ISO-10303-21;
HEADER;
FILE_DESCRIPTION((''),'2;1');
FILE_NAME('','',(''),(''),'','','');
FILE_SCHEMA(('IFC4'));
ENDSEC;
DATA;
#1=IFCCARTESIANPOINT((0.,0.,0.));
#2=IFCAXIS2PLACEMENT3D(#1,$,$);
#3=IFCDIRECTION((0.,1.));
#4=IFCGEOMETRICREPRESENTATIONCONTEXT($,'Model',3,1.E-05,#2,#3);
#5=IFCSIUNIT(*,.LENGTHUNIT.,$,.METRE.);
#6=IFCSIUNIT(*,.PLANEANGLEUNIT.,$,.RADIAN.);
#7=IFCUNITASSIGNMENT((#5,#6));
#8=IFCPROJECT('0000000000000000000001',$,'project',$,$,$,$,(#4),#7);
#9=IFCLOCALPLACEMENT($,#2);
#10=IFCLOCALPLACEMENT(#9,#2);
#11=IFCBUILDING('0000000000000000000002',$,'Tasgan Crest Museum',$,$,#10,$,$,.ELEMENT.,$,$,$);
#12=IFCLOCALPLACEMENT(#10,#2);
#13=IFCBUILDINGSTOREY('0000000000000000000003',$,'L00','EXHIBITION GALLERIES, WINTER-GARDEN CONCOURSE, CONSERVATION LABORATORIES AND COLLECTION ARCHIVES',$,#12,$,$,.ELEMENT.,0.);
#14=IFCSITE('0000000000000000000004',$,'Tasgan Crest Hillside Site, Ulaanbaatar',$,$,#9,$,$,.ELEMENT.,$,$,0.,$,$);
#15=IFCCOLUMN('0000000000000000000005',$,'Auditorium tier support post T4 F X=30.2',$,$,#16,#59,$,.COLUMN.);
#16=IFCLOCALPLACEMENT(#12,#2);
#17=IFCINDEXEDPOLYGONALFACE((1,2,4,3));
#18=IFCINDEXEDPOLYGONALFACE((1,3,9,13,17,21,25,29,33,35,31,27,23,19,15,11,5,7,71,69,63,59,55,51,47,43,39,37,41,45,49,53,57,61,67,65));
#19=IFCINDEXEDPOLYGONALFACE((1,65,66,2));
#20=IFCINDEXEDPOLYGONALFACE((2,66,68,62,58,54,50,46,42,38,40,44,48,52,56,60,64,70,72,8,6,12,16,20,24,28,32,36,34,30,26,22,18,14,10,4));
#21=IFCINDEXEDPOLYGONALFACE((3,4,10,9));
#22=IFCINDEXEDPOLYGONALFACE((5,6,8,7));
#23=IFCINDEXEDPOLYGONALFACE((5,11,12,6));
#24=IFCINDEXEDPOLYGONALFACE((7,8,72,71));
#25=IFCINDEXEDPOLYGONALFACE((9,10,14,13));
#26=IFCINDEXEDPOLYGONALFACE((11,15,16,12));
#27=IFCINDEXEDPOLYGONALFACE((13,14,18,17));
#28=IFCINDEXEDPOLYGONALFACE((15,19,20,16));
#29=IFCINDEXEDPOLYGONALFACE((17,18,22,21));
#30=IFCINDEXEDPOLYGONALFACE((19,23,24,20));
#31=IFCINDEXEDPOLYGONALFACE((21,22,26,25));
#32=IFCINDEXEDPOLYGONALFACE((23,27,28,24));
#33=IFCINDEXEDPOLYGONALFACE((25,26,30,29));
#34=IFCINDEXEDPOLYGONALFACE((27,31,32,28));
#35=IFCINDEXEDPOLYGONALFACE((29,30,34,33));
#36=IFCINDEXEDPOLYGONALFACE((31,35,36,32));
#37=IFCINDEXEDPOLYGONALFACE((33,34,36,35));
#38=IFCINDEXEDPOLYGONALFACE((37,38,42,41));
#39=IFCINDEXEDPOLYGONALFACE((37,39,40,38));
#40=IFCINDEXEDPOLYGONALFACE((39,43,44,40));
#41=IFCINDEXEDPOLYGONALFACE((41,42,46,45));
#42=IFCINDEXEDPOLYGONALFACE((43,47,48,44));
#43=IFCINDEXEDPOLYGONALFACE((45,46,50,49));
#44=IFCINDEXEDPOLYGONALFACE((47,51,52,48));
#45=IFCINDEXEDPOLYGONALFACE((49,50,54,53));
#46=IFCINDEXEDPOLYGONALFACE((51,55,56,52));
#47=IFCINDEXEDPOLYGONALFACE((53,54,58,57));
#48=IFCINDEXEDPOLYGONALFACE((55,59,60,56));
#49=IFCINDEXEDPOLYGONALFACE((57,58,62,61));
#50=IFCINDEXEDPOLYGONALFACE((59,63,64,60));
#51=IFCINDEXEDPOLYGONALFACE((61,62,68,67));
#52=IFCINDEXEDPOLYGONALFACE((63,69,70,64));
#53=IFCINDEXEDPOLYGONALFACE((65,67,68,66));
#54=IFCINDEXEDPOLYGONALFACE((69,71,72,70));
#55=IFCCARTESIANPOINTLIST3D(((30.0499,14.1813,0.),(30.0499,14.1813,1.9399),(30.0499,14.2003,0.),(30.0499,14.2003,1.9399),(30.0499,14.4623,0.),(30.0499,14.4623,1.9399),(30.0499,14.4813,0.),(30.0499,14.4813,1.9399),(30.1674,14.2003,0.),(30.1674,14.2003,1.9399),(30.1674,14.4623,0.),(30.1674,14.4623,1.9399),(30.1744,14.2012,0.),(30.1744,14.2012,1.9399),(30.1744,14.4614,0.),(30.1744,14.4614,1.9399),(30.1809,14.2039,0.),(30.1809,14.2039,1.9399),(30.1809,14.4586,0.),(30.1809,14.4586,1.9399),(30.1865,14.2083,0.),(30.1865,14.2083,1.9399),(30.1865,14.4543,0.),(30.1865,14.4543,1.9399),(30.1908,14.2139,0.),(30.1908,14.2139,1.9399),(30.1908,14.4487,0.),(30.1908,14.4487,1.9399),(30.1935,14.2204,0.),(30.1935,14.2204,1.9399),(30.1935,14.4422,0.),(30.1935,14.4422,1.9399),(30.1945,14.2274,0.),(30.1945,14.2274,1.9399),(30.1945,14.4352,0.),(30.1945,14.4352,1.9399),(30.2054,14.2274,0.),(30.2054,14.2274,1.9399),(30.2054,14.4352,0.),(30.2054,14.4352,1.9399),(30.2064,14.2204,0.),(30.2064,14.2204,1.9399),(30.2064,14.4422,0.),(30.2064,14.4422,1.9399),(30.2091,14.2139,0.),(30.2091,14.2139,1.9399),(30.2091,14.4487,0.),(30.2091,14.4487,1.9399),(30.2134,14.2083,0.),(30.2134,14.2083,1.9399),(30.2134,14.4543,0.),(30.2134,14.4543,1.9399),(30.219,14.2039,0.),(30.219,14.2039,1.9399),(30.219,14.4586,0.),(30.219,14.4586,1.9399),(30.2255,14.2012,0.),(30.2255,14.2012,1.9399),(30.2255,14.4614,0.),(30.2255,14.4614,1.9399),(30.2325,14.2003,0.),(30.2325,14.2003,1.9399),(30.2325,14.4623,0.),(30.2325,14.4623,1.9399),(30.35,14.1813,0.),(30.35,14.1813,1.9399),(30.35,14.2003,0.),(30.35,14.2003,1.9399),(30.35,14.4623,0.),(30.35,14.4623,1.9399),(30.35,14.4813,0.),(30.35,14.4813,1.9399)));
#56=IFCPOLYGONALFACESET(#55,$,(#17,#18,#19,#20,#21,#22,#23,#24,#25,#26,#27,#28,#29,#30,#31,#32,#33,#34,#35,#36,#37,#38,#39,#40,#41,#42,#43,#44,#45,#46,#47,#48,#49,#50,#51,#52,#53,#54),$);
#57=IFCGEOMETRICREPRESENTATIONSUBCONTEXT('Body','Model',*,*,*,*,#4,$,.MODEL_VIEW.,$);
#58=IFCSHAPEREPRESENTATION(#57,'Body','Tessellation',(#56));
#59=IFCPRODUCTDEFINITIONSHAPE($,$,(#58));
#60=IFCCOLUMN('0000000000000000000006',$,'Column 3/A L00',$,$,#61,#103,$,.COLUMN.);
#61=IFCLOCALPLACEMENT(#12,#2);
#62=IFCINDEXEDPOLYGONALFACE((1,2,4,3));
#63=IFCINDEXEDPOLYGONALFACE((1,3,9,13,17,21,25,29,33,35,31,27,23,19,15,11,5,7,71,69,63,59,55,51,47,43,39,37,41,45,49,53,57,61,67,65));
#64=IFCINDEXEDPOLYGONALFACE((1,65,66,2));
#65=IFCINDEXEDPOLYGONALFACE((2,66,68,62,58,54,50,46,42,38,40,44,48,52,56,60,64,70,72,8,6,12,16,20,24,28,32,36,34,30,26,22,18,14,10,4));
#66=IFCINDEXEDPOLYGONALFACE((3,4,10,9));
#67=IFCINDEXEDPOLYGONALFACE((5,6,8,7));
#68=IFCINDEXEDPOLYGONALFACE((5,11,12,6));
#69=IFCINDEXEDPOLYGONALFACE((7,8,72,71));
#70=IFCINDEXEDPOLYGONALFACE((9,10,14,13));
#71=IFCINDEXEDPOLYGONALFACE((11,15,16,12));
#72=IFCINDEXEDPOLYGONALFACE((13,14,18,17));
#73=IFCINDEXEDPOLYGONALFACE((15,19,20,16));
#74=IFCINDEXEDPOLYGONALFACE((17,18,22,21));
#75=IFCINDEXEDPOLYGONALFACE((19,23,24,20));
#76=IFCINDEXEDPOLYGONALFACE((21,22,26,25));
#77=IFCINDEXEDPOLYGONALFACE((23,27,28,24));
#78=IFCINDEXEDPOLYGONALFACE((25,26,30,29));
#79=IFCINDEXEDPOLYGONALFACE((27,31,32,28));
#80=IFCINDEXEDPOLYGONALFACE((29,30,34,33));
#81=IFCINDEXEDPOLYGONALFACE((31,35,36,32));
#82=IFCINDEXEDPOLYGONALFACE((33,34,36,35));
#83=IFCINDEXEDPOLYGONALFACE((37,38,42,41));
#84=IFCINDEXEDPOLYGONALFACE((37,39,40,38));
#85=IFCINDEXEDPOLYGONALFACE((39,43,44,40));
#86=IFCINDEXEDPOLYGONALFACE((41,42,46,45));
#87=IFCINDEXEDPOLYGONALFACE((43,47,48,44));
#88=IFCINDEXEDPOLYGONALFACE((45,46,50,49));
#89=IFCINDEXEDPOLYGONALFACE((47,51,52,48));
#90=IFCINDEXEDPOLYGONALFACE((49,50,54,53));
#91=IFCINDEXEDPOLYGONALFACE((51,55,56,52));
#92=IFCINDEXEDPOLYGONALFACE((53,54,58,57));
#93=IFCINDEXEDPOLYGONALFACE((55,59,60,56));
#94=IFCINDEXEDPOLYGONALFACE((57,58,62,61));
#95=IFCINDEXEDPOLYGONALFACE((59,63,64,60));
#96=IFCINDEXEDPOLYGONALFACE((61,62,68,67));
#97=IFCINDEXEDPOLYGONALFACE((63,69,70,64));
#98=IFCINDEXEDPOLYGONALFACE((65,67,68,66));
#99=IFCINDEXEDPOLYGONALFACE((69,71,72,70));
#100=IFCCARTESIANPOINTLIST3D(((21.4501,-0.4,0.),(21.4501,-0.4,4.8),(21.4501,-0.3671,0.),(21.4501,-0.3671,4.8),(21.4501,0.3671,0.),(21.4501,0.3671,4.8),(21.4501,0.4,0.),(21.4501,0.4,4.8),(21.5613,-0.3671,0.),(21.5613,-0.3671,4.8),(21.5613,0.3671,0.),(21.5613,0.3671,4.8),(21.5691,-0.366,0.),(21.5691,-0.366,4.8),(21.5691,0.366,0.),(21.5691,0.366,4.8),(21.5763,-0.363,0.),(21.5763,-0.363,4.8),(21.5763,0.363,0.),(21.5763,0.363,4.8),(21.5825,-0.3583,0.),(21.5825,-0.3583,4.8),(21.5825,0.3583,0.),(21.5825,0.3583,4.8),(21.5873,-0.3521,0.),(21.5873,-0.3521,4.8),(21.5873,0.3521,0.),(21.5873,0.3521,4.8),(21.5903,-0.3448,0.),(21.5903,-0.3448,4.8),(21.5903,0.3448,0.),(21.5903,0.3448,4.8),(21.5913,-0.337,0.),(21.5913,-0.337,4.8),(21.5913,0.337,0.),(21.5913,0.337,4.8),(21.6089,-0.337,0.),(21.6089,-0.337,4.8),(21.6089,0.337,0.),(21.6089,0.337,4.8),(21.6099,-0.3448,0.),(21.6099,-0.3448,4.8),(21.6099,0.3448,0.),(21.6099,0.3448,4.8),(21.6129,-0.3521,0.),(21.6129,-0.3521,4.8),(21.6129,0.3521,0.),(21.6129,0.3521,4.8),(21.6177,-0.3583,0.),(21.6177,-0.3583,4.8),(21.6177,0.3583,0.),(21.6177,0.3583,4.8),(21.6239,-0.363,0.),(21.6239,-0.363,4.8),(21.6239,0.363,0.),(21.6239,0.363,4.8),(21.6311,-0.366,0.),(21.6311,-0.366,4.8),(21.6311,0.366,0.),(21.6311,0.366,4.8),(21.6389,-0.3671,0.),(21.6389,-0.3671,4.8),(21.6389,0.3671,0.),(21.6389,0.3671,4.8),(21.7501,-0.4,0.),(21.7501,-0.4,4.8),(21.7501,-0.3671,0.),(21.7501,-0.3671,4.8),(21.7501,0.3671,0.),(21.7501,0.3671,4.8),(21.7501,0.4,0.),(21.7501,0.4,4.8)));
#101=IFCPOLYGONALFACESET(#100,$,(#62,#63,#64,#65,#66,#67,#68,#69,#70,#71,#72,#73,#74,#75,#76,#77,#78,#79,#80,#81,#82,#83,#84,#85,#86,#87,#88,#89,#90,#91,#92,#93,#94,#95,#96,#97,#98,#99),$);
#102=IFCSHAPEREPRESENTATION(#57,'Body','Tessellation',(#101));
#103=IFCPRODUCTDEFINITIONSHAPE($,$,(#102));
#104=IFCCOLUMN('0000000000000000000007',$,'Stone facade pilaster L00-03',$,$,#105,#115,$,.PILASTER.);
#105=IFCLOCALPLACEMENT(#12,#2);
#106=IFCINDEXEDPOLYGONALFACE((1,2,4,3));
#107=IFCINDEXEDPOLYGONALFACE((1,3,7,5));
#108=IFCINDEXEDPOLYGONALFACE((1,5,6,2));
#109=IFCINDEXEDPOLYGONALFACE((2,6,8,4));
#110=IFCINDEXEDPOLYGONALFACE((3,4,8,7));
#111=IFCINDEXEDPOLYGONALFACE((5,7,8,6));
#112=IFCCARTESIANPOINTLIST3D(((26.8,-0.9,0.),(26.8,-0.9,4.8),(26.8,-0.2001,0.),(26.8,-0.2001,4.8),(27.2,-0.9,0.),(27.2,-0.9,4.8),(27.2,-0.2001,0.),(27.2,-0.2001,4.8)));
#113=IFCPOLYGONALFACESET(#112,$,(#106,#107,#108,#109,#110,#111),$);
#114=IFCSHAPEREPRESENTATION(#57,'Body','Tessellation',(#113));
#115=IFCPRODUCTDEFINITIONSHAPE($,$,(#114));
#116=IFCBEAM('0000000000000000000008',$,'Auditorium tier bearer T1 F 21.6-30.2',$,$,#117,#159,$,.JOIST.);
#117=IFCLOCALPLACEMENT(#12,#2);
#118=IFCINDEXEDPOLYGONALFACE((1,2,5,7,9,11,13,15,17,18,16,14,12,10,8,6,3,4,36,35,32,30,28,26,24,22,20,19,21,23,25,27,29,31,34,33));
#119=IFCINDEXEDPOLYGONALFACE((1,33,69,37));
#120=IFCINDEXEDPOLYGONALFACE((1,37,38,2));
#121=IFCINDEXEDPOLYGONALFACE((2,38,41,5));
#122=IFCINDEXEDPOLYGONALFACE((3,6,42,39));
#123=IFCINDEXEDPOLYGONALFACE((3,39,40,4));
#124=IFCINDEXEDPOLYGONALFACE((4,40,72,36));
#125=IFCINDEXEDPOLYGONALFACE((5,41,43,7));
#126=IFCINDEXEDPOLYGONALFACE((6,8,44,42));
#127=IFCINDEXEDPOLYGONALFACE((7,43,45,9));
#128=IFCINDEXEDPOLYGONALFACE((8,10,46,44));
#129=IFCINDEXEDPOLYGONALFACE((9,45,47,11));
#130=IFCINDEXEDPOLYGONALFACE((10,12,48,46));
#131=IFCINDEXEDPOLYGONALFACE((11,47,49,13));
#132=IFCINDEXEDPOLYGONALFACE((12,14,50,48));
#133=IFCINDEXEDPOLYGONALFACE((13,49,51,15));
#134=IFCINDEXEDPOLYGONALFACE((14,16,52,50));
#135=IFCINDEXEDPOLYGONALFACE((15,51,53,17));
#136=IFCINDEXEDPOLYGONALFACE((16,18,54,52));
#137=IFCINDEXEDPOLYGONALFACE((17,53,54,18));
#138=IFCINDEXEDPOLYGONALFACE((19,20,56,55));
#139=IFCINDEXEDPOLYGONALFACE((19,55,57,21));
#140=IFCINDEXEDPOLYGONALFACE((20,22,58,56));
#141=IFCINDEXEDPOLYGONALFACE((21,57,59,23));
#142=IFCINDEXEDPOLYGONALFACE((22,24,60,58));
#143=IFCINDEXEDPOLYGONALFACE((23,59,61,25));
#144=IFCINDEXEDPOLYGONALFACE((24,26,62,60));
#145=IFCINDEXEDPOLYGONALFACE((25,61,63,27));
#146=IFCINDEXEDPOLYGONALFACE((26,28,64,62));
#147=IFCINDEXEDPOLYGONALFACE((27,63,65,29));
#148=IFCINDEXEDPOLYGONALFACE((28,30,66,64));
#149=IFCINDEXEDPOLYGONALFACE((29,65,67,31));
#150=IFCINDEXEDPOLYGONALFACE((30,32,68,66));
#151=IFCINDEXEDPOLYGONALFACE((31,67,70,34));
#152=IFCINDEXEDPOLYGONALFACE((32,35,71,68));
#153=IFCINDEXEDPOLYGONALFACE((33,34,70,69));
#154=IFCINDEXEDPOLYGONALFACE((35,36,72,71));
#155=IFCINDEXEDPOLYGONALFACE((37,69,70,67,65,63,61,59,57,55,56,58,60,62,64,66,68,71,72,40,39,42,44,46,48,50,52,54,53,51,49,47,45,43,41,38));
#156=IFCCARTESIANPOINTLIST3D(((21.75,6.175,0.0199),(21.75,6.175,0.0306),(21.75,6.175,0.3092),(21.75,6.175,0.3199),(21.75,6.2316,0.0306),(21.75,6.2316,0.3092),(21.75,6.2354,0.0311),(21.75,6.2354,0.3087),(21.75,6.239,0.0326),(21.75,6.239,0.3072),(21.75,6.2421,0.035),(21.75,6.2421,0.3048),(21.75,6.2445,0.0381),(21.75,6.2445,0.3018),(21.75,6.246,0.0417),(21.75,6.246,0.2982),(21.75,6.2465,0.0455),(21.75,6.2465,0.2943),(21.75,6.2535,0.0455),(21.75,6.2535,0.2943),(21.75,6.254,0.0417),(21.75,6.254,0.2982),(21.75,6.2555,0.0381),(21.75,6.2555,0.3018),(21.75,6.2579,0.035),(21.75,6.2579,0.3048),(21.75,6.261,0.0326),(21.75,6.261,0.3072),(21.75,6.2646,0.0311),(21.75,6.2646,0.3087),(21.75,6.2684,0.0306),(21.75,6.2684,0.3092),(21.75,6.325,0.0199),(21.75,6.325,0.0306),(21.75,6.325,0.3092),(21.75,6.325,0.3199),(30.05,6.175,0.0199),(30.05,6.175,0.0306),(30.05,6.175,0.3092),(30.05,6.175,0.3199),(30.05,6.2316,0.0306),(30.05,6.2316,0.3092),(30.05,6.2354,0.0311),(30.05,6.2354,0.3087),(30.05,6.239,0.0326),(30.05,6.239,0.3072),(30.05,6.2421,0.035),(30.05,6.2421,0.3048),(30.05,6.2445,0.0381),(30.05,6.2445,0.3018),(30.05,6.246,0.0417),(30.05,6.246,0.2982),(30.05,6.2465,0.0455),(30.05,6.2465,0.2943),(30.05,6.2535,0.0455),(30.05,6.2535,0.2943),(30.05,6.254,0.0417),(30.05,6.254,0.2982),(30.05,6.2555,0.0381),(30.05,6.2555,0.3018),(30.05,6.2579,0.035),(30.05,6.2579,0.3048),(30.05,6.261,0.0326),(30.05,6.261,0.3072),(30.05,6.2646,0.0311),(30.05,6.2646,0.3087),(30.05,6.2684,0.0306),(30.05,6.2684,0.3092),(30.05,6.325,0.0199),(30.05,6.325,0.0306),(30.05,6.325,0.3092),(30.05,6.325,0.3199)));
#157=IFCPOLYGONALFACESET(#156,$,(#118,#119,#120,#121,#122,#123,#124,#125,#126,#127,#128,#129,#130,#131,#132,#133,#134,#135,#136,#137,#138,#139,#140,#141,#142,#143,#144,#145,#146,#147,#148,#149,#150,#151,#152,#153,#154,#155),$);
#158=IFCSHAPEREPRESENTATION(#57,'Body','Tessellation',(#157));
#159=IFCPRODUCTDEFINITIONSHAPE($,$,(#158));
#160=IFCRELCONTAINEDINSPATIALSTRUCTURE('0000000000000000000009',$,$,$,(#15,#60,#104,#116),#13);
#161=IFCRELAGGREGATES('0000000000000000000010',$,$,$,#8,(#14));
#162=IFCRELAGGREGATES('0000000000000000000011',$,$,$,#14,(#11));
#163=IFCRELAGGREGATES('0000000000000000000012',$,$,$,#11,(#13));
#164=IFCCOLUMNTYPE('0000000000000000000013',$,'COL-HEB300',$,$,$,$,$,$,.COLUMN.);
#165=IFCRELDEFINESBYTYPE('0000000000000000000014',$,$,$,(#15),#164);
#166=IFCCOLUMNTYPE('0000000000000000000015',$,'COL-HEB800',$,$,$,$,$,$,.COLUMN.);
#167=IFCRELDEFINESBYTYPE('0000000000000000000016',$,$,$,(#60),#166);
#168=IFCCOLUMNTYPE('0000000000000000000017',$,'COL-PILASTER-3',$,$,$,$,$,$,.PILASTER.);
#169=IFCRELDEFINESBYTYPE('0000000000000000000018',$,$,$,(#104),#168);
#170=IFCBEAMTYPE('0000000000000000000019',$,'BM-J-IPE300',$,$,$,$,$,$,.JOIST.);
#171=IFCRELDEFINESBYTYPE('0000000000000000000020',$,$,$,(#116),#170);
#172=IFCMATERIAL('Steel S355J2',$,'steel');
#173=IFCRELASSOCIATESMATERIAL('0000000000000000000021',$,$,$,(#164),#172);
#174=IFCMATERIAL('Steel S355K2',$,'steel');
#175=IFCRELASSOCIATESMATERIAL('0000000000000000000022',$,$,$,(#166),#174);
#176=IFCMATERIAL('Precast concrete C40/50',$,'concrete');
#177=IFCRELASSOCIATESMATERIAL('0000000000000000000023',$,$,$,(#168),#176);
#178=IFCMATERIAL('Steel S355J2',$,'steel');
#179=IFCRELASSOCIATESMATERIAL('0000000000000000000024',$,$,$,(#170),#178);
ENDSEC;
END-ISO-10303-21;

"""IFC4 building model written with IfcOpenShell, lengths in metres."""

from ifc_helpers import new_model, si_unit, direction, frame, origin, origin_2d, place, context, subcontext, project, spatial, rectangle, i_section, extrude, material, material_profile, profile_set, type_object, element, save


model = new_model("IFC4")

# Units and contexts
model_context = context("Model", 3, precision=1e-05, world=origin(), true_north=direction((0.0, 1.0)))
body_context = subcontext(model_context, "Body", "Model", "MODEL_VIEW")
ifc_project = project(units=[si_unit("LENGTHUNIT", "METRE"), si_unit("PLANEANGLEUNIT", "RADIAN")], contexts=[model_context])

# Site, building, storey
site_placement = place(None, origin())
site = spatial("IfcSite", under=ifc_project, at=site_placement, Name="Tasgan Crest Hillside Site, Ulaanbaatar", CompositionType="ELEMENT", RefElevation=0.0)
building_placement = place(site_placement, origin())
building = spatial("IfcBuilding", under=site, at=building_placement, Name="Tasgan Crest Museum", CompositionType="ELEMENT")
storey_placement = place(building_placement, origin())
storey = spatial("IfcBuildingStorey", under=building, at=storey_placement, Name="L00", Description="EXHIBITION GALLERIES, WINTER-GARDEN CONCOURSE, CONSERVATION LABORATORIES AND COLLECTION ARCHIVES", CompositionType="ELEMENT", Elevation=0.0)

# Columns
ifc_material_1 = material(Name="Steel S355J2", Category="steel")
ifc_material_profile_1 = material_profile(ifc_material_1, i_section(OverallWidth=0.3, OverallDepth=0.3, WebThickness=0.011, FlangeThickness=0.019, FilletRadius=0.0271, at=origin_2d()), Name="HEB 300")
ifc_profile_set_1 = profile_set([ifc_material_profile_1], Name="Steel S355J2")
column_type_1 = type_object("IfcColumnType", Name="COL-HEB300", PredefinedType="COLUMN", material=ifc_profile_set_1)
for number, where, z_axis, x_axis, name in (
    (1, (30.2, 14.3313, 0.0), (0.0, 0.0, 1.0), (1.0, 0.0, 0.0), "Auditorium tier support post T4 F X=30.2"),
):
    element("IfcColumn", number, at=place(storey_placement, frame(where, z_axis=z_axis, x_axis=x_axis)), inside=storey, type_object=column_type_1, Name=name, PredefinedType="COLUMN", context=body_context, shape_type="SweptSolid", body=[
        extrude(i_section(OverallWidth=0.3, OverallDepth=0.3, WebThickness=0.011, FlangeThickness=0.019, FilletRadius=0.0271, at=origin_2d()), origin(), (0.0, 0.0, 1.0), 1.9399),
    ])
ifc_material_2 = material(Name="Steel S355K2", Category="steel")
ifc_material_profile_2 = material_profile(ifc_material_2, i_section(OverallWidth=0.3, OverallDepth=0.8, WebThickness=0.0176, FlangeThickness=0.033, FilletRadius=0.03, at=origin_2d()), Name="HEB 800")
ifc_profile_set_2 = profile_set([ifc_material_profile_2], Name="Steel S355K2")
column_type_2 = type_object("IfcColumnType", Name="COL-HEB800", PredefinedType="COLUMN", material=ifc_profile_set_2)
column_1_placement = place(storey_placement, frame((21.6001, 0.0, 0.0), z_axis=(0.0, 0.0, 1.0), x_axis=(1.0, 0.0, 0.0)))
element("IfcColumn", 2, at=column_1_placement, inside=storey, type_object=column_type_2, Name="Column 3/A L00", PredefinedType="COLUMN", context=body_context, shape_type="SweptSolid", body=[
    extrude(i_section(OverallWidth=0.3, OverallDepth=0.8, WebThickness=0.0176, FlangeThickness=0.033, FilletRadius=0.03, at=origin_2d()), origin(), (0.0, 0.0, 1.0), 4.8),
])
ifc_material_3 = material(Name="Precast concrete C40/50", Category="concrete")
ifc_material_profile_3 = material_profile(ifc_material_3, rectangle(XDim=0.3999, YDim=0.7, at=origin_2d()), Name="RC 400x700")
ifc_profile_set_3 = profile_set([ifc_material_profile_3], Name="Precast concrete C40/50")
column_type_3 = type_object("IfcColumnType", Name="COL-PILASTER-3", PredefinedType="PILASTER", material=ifc_profile_set_3)
column_2_placement = place(storey_placement, frame((27.0, -0.55, 0.0), z_axis=(0.0, 0.0, 1.0), x_axis=(1.0, 0.0, 0.0)))
element("IfcColumn", 3, at=column_2_placement, inside=storey, type_object=column_type_3, Name="Stone facade pilaster L00-03", PredefinedType="PILASTER", context=body_context, shape_type="SweptSolid", body=[
    extrude(rectangle(XDim=0.3999, YDim=0.7, at=origin_2d()), origin(), (0.0, 0.0, 1.0), 4.8),
])

# Beam
ifc_material_4 = material(Name="Steel S355J2", Category="steel")
ifc_material_profile_4 = material_profile(ifc_material_4, i_section(OverallWidth=0.1499, OverallDepth=0.3, WebThickness=0.0071, FlangeThickness=0.0107, FilletRadius=0.0149, at=origin_2d()), Name="IPE 300")
ifc_profile_set_4 = profile_set([ifc_material_profile_4], Name="Steel S355J2")
beam_type_1 = type_object("IfcBeamType", Name="BM-J-IPE300", PredefinedType="JOIST", material=ifc_profile_set_4)
for number, where, z_axis, x_axis, name in (
    (4, (21.75, 6.25, 0.1699), (1.0, 0.0, 0.0), (0.0, 1.0, 0.0), "Auditorium tier bearer T1 F 21.6-30.2"),
):
    element("IfcBeam", number, at=place(storey_placement, frame(where, z_axis=z_axis, x_axis=x_axis)), inside=storey, type_object=beam_type_1, Name=name, PredefinedType="JOIST", context=body_context, shape_type="SweptSolid", body=[
        extrude(i_section(OverallWidth=0.1499, OverallDepth=0.3, WebThickness=0.0071, FlangeThickness=0.0107, FilletRadius=0.0149, at=origin_2d()), origin(), (0.0, 0.0, 1.0), 8.3),
    ])

save(model, "model.ifc")
